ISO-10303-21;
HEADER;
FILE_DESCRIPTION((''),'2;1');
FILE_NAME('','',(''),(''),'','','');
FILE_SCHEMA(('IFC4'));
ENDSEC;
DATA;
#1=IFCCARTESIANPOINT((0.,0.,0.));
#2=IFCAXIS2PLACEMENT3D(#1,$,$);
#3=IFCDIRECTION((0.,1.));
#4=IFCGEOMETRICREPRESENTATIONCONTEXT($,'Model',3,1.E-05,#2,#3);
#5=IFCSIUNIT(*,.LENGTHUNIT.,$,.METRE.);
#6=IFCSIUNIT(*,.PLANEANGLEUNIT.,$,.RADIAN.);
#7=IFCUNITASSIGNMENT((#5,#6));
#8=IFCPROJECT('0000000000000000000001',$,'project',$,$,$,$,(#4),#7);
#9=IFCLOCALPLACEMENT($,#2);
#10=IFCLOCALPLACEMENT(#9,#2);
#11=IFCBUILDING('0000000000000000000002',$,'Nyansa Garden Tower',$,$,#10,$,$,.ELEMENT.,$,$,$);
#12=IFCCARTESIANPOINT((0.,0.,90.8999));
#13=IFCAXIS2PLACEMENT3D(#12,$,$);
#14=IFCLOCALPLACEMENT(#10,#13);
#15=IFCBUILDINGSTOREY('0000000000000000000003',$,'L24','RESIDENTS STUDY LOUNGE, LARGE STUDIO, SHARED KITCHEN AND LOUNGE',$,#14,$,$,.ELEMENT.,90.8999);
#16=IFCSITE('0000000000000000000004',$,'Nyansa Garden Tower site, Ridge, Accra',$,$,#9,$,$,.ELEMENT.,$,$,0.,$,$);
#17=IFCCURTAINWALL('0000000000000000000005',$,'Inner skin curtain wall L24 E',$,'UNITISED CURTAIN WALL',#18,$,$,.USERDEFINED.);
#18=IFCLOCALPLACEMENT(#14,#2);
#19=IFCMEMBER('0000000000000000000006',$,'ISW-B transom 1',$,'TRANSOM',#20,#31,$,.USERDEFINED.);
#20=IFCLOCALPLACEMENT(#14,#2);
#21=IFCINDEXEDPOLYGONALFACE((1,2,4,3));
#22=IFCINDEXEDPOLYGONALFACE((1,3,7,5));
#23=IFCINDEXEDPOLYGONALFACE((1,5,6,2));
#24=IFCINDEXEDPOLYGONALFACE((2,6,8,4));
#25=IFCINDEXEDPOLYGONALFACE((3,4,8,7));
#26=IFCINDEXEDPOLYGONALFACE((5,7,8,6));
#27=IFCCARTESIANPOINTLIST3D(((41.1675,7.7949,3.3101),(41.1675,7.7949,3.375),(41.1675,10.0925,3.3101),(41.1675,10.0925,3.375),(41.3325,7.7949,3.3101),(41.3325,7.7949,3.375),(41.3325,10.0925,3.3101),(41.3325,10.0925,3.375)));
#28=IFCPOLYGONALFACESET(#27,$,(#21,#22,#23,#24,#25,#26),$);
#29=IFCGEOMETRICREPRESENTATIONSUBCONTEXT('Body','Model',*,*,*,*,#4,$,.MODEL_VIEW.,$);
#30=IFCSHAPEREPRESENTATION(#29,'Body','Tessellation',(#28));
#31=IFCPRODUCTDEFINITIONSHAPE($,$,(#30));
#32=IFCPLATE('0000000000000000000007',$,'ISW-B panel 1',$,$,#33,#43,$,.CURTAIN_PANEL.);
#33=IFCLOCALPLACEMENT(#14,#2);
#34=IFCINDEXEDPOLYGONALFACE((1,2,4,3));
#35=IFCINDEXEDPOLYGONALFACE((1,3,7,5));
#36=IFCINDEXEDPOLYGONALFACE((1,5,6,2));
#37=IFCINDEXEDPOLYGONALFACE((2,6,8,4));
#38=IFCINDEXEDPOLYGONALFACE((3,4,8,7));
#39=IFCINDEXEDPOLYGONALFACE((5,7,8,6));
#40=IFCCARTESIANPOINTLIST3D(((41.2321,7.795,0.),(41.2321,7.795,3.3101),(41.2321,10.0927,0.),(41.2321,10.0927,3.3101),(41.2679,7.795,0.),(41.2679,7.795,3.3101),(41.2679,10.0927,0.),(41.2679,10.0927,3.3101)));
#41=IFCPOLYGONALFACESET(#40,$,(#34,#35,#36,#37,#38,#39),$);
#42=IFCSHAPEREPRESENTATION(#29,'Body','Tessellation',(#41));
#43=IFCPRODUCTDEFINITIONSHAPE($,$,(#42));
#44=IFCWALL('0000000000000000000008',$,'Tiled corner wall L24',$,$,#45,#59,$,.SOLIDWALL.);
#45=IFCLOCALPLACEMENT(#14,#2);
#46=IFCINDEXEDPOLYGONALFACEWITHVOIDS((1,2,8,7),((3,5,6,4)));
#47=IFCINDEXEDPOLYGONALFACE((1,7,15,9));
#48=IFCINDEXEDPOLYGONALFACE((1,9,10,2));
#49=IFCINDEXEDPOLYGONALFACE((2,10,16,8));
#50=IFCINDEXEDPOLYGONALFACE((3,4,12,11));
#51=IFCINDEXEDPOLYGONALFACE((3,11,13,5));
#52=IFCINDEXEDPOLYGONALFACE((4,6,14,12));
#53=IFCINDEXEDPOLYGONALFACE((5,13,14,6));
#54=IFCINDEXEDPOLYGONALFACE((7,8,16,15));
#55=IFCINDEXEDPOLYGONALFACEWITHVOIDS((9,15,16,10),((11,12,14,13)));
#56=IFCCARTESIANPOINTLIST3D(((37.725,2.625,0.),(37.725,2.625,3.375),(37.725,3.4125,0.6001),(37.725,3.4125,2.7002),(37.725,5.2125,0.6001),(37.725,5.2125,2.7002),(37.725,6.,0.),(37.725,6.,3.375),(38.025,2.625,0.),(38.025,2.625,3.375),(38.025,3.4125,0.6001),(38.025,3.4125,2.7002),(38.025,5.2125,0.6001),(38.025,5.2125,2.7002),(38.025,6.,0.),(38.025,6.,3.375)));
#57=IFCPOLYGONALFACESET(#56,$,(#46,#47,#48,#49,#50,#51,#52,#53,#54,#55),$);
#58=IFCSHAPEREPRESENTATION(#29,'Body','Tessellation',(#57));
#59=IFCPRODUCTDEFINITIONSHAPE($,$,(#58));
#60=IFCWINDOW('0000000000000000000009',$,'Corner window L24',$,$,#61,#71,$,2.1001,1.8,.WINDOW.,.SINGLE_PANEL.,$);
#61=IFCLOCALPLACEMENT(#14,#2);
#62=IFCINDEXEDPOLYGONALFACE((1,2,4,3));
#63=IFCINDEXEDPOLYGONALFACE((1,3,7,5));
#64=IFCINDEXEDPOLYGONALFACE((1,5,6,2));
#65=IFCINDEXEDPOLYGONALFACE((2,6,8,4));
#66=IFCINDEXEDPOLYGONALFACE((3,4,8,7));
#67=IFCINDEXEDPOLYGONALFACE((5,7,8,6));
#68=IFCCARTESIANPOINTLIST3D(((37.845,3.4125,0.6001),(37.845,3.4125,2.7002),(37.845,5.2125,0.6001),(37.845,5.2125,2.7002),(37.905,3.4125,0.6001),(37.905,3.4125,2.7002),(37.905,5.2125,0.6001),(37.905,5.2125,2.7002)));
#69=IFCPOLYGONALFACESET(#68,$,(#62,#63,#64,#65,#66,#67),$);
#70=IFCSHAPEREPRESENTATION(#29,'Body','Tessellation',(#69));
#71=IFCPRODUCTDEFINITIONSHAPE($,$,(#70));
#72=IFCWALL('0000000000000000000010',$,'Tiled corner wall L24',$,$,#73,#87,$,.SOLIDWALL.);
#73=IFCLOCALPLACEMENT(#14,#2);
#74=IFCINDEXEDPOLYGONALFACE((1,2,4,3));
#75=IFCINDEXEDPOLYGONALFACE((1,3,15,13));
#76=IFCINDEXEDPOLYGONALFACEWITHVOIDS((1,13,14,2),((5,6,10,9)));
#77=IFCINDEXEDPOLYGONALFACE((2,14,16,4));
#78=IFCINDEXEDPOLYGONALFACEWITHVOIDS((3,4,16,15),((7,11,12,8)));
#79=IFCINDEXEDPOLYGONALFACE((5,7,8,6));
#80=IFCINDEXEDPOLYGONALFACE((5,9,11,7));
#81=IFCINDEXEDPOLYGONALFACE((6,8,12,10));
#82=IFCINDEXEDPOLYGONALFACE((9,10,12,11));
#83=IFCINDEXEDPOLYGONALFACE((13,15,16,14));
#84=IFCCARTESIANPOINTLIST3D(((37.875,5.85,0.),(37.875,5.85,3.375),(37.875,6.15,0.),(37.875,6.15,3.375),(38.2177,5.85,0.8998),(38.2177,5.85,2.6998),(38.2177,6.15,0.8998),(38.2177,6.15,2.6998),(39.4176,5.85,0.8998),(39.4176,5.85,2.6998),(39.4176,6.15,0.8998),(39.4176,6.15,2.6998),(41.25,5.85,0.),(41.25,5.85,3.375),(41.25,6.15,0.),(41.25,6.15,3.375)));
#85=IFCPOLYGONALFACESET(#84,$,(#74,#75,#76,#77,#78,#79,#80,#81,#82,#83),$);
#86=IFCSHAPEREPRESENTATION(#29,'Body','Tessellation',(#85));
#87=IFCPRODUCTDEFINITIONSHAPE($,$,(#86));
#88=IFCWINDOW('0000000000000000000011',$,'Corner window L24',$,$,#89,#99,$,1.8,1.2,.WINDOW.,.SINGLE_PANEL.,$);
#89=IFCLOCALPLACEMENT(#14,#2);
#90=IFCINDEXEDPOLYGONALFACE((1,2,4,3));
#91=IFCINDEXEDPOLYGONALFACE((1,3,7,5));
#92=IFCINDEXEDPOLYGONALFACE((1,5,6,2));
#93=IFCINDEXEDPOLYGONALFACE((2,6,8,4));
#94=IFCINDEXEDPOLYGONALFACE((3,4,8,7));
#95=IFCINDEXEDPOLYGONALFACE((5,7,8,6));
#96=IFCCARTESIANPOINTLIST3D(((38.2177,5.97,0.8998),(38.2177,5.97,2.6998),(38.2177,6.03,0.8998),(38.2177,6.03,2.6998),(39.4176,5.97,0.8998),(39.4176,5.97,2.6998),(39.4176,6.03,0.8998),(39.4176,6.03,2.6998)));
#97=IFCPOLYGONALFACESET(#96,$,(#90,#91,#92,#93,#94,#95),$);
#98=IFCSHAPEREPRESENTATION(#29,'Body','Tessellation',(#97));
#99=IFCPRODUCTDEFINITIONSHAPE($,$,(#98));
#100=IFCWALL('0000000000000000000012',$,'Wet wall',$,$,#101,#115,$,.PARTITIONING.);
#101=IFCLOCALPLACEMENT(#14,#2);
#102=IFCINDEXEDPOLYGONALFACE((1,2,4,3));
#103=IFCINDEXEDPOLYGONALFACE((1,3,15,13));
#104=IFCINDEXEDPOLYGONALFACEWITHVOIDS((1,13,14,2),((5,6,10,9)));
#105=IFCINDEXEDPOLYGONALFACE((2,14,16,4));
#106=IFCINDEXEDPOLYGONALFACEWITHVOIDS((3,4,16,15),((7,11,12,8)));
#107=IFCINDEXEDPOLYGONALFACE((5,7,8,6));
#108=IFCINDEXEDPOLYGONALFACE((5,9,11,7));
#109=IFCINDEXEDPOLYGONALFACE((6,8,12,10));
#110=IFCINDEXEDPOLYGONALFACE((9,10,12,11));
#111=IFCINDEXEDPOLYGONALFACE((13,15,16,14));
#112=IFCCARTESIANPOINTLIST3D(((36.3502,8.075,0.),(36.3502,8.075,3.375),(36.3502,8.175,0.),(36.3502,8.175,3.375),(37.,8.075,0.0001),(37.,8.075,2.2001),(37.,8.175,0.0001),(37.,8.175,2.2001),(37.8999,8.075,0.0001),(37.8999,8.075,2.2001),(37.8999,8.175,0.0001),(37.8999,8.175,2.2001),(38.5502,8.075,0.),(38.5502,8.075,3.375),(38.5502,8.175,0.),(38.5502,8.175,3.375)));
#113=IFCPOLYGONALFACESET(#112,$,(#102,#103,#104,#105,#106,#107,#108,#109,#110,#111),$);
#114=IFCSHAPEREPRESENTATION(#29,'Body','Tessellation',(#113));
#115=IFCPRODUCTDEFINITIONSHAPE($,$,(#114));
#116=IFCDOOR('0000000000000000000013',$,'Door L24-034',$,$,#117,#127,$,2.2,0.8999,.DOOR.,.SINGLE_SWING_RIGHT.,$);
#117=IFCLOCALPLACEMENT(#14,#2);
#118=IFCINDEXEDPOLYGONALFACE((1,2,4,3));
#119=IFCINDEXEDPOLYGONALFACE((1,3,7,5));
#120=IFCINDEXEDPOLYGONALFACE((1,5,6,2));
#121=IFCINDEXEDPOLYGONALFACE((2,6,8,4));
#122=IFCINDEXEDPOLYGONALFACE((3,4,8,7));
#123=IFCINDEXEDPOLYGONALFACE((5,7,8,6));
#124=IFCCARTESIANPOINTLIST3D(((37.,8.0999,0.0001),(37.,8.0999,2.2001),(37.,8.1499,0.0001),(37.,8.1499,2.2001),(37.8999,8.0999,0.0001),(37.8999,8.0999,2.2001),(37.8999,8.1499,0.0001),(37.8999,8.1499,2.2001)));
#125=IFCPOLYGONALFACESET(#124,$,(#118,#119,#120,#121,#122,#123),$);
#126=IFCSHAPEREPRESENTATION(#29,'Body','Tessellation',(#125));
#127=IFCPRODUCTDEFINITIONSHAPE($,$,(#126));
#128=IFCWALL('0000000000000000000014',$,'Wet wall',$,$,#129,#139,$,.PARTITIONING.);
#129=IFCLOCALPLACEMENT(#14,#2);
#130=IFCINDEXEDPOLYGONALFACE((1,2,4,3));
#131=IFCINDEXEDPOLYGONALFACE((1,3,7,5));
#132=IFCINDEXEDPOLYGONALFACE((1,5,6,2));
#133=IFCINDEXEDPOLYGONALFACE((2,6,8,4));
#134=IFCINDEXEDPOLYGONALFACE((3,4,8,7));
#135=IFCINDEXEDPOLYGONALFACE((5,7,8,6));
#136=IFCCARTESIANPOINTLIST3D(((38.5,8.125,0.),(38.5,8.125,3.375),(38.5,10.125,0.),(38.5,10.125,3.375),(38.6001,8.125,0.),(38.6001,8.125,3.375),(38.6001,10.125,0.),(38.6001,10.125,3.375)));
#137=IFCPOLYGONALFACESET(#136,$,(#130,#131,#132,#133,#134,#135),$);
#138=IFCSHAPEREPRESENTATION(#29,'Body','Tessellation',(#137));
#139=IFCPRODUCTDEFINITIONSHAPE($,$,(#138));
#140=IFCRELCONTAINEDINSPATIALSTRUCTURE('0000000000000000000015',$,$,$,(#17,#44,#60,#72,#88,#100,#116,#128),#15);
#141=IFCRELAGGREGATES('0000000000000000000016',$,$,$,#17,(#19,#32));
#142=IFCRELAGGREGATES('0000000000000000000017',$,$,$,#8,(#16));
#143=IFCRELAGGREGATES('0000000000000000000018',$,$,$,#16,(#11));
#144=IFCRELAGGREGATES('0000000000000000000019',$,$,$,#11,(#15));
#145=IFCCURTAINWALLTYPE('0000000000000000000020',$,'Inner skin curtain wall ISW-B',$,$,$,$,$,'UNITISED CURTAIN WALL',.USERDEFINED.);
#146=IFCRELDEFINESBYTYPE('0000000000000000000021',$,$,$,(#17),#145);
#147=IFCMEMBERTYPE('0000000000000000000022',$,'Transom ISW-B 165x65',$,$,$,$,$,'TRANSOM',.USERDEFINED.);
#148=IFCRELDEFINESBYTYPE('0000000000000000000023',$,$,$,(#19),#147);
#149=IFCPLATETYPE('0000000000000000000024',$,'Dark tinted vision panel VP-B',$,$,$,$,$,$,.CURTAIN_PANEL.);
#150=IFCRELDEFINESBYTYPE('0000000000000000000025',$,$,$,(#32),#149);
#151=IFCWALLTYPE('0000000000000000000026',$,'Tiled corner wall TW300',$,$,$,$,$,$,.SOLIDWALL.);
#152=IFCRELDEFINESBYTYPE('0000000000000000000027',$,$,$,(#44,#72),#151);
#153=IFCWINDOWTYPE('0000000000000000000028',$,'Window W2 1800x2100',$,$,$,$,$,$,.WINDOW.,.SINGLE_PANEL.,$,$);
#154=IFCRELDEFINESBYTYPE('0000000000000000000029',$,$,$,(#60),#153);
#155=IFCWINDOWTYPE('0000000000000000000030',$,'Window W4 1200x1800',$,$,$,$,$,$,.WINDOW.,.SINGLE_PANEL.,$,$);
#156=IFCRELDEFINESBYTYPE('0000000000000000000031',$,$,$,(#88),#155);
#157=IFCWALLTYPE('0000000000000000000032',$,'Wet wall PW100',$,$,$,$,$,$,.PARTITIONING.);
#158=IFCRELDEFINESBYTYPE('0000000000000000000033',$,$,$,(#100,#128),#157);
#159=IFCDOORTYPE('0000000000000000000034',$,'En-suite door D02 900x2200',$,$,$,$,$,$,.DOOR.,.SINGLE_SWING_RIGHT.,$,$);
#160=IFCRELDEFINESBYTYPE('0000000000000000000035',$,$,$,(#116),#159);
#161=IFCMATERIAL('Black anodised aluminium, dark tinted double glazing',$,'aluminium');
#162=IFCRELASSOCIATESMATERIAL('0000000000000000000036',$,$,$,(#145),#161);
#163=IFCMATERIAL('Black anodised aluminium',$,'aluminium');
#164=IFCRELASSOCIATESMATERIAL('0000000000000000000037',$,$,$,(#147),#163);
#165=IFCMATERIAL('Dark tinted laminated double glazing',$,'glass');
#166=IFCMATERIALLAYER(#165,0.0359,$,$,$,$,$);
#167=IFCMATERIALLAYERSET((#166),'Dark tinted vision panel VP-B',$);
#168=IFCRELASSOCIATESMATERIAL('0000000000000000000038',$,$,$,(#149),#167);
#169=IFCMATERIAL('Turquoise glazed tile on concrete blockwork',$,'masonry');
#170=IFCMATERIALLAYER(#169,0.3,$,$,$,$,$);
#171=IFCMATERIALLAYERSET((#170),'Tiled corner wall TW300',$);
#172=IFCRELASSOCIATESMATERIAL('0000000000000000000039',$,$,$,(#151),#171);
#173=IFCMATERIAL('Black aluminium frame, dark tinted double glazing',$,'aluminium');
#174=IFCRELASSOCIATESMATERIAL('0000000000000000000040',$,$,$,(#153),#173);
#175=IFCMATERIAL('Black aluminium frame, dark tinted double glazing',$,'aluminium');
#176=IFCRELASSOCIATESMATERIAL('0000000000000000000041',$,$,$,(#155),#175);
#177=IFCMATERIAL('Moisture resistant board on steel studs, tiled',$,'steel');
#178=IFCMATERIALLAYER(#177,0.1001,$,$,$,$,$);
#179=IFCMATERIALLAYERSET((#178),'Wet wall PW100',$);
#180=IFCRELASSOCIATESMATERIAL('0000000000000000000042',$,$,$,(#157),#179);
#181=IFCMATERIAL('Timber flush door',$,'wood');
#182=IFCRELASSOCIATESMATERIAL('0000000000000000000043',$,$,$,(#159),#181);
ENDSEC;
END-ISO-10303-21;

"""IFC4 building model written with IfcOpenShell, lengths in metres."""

from ifc_helpers import new_model, si_unit, direction, frame, frame_2d, origin, origin_2d, place, context, subcontext, project, spatial, rectangle, extrude, material, layer, layer_set, material_profile, profile_set, type_object, element, fill, aggregate, save


model = new_model("IFC4")

# Units and contexts
model_context = context("Model", 3, precision=1e-05, world=origin(), true_north=direction((0.0, 1.0)))
body_context = subcontext(model_context, "Body", "Model", "MODEL_VIEW")
ifc_project = project(units=[si_unit("LENGTHUNIT", "METRE"), si_unit("PLANEANGLEUNIT", "RADIAN")], contexts=[model_context])

# Site, building, storey
site_placement = place(None, origin())
site = spatial("IfcSite", under=ifc_project, at=site_placement, Name="Nyansa Garden Tower site, Ridge, Accra", CompositionType="ELEMENT", RefElevation=0.0)
building_placement = place(site_placement, origin())
building = spatial("IfcBuilding", under=site, at=building_placement, Name="Nyansa Garden Tower", CompositionType="ELEMENT")
storey_placement = place(building_placement, frame((0.0, 0.0, 90.8999)))
storey = spatial("IfcBuildingStorey", under=building, at=storey_placement, Name="L24", Description="RESIDENTS STUDY LOUNGE, LARGE STUDIO, SHARED KITCHEN AND LOUNGE", CompositionType="ELEMENT", Elevation=90.8999)

# Curtain wall
ifc_material_1 = material(Name="Black anodised aluminium, dark tinted double glazing", Category="aluminium")
curtain_wall_type = type_object("IfcCurtainWallType", Name="Inner skin curtain wall ISW-B", ElementType="UNITISED CURTAIN WALL", PredefinedType="USERDEFINED", material=ifc_material_1)
curtain_wall_placement = place(storey_placement, origin())
curtain_wall = element("IfcCurtainWall", 1, at=curtain_wall_placement, inside=storey, type_object=curtain_wall_type, Name="Inner skin curtain wall L24 E", ObjectType="UNITISED CURTAIN WALL", PredefinedType="USERDEFINED")

# Member
ifc_material_2 = material(Name="Black anodised aluminium", Category="aluminium")
ifc_material_profile_1 = material_profile(ifc_material_2, rectangle(XDim=0.165, YDim=0.0649, at=origin_2d()), Name="Transom 165x65")
ifc_profile_set_1 = profile_set([ifc_material_profile_1], Name="Black anodised aluminium")
member_type_1 = type_object("IfcMemberType", Name="Transom ISW-B 165x65", ElementType="TRANSOM", PredefinedType="USERDEFINED", material=ifc_profile_set_1)
member_1_placement = place(storey_placement, frame((41.25, 7.7949, 3.3425), z_axis=(0.0, 1.0, 0.0), x_axis=(-1.0, 0.0, 0.0)))
member_1 = element("IfcMember", 2, at=member_1_placement, type_object=member_type_1, Name="ISW-B transom 1", ObjectType="TRANSOM", PredefinedType="USERDEFINED", context=body_context, shape_type="SweptSolid", body=[
    extrude(rectangle(XDim=0.165, YDim=0.0649, at=origin_2d()), origin(), (0.0, 0.0, 1.0), 2.2976),
])

# Plate
ifc_material_3 = material(Name="Dark tinted laminated double glazing", Category="glass")
ifc_layer_1 = layer(ifc_material_3, 0.0359)
ifc_layer_set_1 = layer_set([ifc_layer_1], Name="Dark tinted vision panel VP-B")
plate_type = type_object("IfcPlateType", Name="Dark tinted vision panel VP-B", PredefinedType="CURTAIN_PANEL", material=ifc_layer_set_1)
plate_placement = place(storey_placement, frame((41.25, 8.9438, 0.0), z_axis=(0.0, 0.0, 1.0), x_axis=(0.0, 1.0, 0.0)))
plate = element("IfcPlate", 3, at=plate_placement, type_object=plate_type, Name="ISW-B panel 1", PredefinedType="CURTAIN_PANEL", context=body_context, shape_type="SweptSolid", body=[
    extrude(rectangle(XDim=2.2976, YDim=0.0359, at=origin_2d()), origin(), (0.0, 0.0, 1.0), 3.3101),
])
aggregate(curtain_wall, [member_1, plate])

# Walls, openings, windows
ifc_material_4 = material(Name="Turquoise glazed tile on concrete blockwork", Category="masonry")
ifc_layer_2 = layer(ifc_material_4, 0.3)
ifc_layer_set_2 = layer_set([ifc_layer_2], Name="Tiled corner wall TW300")
wall_type_1 = type_object("IfcWallType", Name="Tiled corner wall TW300", PredefinedType="SOLIDWALL", material=ifc_layer_set_2)
wall_1_placement = place(storey_placement, frame((37.875, 2.625, 0.0), z_axis=(0.0, 0.0, 1.0), x_axis=(0.0, 1.0, 0.0)))
wall_1 = element("IfcWall", 4, at=wall_1_placement, inside=storey, type_object=wall_type_1, Name="Tiled corner wall L24", PredefinedType="SOLIDWALL", context=body_context, shape_type="SweptSolid", body=[
    extrude(rectangle(XDim=3.375, YDim=0.3, at=frame_2d((1.6875, 0.0))), origin(), (0.0, 0.0, 1.0), 3.375),
])
opening_1_placement = place(wall_1_placement, frame((0.7876, 0.0, 0.6001)))
opening_1 = element("IfcOpeningElement", 5, at=opening_1_placement, cuts=wall_1, PredefinedType="OPENING", context=body_context, shape_type="SweptSolid", body=[
    extrude(rectangle(XDim=1.8, YDim=2.1001, at=frame_2d((0.8999, 1.05))), frame((0.0, 0.1599, 0.0), z_axis=(0.0, -1.0, 0.0), x_axis=(1.0, 0.0, 0.0)), (0.0, 0.0, 1.0), 0.3201),
])
ifc_material_5 = material(Name="Black aluminium frame, dark tinted double glazing", Category="aluminium")
window_type_1 = type_object("IfcWindowType", Name="Window W2 1800x2100", PartitioningType="SINGLE_PANEL", PredefinedType="WINDOW", material=ifc_material_5)
window_1_placement = place(opening_1_placement, origin())
window_1 = element("IfcWindow", 6, at=window_1_placement, inside=storey, type_object=window_type_1, Name="Corner window L24", OverallHeight=2.1001, OverallWidth=1.8, PartitioningType="SINGLE_PANEL", PredefinedType="WINDOW", context=body_context, shape_type="SweptSolid", body=[
    extrude(rectangle(XDim=1.8, YDim=2.1001, at=frame_2d((0.8999, 1.05))), frame((0.0, 0.03, 0.0), z_axis=(0.0, -1.0, 0.0), x_axis=(1.0, 0.0, 0.0)), (0.0, 0.0, 1.0), 0.0601),
])
fill(opening_1, window_1)
wall_2_placement = place(storey_placement, frame((37.875, 6.0, 0.0), z_axis=(0.0, 0.0, 1.0), x_axis=(1.0, 0.0, 0.0)))
wall_2 = element("IfcWall", 7, at=wall_2_placement, inside=storey, type_object=wall_type_1, Name="Tiled corner wall L24", PredefinedType="SOLIDWALL", context=body_context, shape_type="SweptSolid", body=[
    extrude(rectangle(XDim=3.375, YDim=0.3, at=frame_2d((1.6875, 0.0))), origin(), (0.0, 0.0, 1.0), 3.375),
])
opening_2_placement = place(wall_2_placement, frame((0.3425, 0.0, 0.8999)))
opening_2 = element("IfcOpeningElement", 8, at=opening_2_placement, cuts=wall_2, PredefinedType="OPENING", context=body_context, shape_type="SweptSolid", body=[
    extrude(rectangle(XDim=1.2, YDim=1.8, at=frame_2d((0.6001, 0.8999))), frame((0.0, 0.1599, 0.0), z_axis=(0.0, -1.0, 0.0), x_axis=(1.0, 0.0, 0.0)), (0.0, 0.0, 1.0), 0.3201),
])
ifc_material_6 = material(Name="Black aluminium frame, dark tinted double glazing", Category="aluminium")
window_type_2 = type_object("IfcWindowType", Name="Window W4 1200x1800", PartitioningType="SINGLE_PANEL", PredefinedType="WINDOW", material=ifc_material_6)
window_2_placement = place(opening_2_placement, origin())
window_2 = element("IfcWindow", 9, at=window_2_placement, inside=storey, type_object=window_type_2, Name="Corner window L24", OverallHeight=1.8, OverallWidth=1.2, PartitioningType="SINGLE_PANEL", PredefinedType="WINDOW", context=body_context, shape_type="SweptSolid", body=[
    extrude(rectangle(XDim=1.2, YDim=1.8, at=frame_2d((0.6001, 0.8999))), frame((0.0, 0.03, 0.0), z_axis=(0.0, -1.0, 0.0), x_axis=(1.0, 0.0, 0.0)), (0.0, 0.0, 1.0), 0.0601),
])
fill(opening_2, window_2)

# Wall, opening, door
ifc_material_7 = material(Name="Moisture resistant board on steel studs, tiled", Category="steel")
ifc_layer_3 = layer(ifc_material_7, 0.1001)
ifc_layer_set_3 = layer_set([ifc_layer_3], Name="Wet wall PW100")
wall_type_2 = type_object("IfcWallType", Name="Wet wall PW100", PredefinedType="PARTITIONING", material=ifc_layer_set_3)
wall_3_placement = place(storey_placement, frame((36.3501, 8.125, 0.0), z_axis=(0.0, 0.0, 1.0), x_axis=(1.0, 0.0, 0.0)))
wall_3 = element("IfcWall", 10, at=wall_3_placement, inside=storey, type_object=wall_type_2, Name="Wet wall", PredefinedType="PARTITIONING", context=body_context, shape_type="SweptSolid", body=[
    extrude(rectangle(XDim=2.2, YDim=0.1001, at=frame_2d((1.1001, 0.0))), origin(), (0.0, 0.0, 1.0), 3.375),
])
opening_3_placement = place(wall_3_placement, frame((0.6499, 0.0, 0.0)))
opening_3 = element("IfcOpeningElement", 11, at=opening_3_placement, cuts=wall_3, PredefinedType="OPENING", context=body_context, shape_type="SweptSolid", body=[
    extrude(rectangle(XDim=0.8999, YDim=2.2, at=frame_2d((0.45, 1.1001))), frame((0.0, 0.0601, 0.0), z_axis=(0.0, -1.0, 0.0), x_axis=(1.0, 0.0, 0.0)), (0.0, 0.0, 1.0), 0.1201),
])
ifc_material_8 = material(Name="Timber flush door", Category="wood")
door_type = type_object("IfcDoorType", Name="En-suite door D02 900x2200", OperationType="SINGLE_SWING_RIGHT", PredefinedType="DOOR", material=ifc_material_8)
door_placement = place(opening_3_placement, origin())
door = element("IfcDoor", 12, at=door_placement, inside=storey, type_object=door_type, Name="Door L24-034", OperationType="SINGLE_SWING_RIGHT", OverallHeight=2.2, OverallWidth=0.8999, PredefinedType="DOOR", context=body_context, shape_type="SweptSolid", body=[
    extrude(rectangle(XDim=0.8999, YDim=2.2, at=frame_2d((0.45, 1.1001))), frame((0.0, 0.0249, 0.0), z_axis=(0.0, -1.0, 0.0), x_axis=(1.0, 0.0, 0.0)), (0.0, 0.0, 1.0), 0.05),
])
fill(opening_3, door)

# Wall
wall_4_placement = place(storey_placement, frame((38.55, 8.125, 0.0), z_axis=(0.0, 0.0, 1.0), x_axis=(0.0, 1.0, 0.0)))
element("IfcWall", 13, at=wall_4_placement, inside=storey, type_object=wall_type_2, Name="Wet wall", PredefinedType="PARTITIONING", context=body_context, shape_type="SweptSolid", body=[
    extrude(rectangle(XDim=2.0, YDim=0.1001, at=frame_2d((1.0, 0.0))), origin(), (0.0, 0.0, 1.0), 3.375),
])

save(model, "model.ifc")
